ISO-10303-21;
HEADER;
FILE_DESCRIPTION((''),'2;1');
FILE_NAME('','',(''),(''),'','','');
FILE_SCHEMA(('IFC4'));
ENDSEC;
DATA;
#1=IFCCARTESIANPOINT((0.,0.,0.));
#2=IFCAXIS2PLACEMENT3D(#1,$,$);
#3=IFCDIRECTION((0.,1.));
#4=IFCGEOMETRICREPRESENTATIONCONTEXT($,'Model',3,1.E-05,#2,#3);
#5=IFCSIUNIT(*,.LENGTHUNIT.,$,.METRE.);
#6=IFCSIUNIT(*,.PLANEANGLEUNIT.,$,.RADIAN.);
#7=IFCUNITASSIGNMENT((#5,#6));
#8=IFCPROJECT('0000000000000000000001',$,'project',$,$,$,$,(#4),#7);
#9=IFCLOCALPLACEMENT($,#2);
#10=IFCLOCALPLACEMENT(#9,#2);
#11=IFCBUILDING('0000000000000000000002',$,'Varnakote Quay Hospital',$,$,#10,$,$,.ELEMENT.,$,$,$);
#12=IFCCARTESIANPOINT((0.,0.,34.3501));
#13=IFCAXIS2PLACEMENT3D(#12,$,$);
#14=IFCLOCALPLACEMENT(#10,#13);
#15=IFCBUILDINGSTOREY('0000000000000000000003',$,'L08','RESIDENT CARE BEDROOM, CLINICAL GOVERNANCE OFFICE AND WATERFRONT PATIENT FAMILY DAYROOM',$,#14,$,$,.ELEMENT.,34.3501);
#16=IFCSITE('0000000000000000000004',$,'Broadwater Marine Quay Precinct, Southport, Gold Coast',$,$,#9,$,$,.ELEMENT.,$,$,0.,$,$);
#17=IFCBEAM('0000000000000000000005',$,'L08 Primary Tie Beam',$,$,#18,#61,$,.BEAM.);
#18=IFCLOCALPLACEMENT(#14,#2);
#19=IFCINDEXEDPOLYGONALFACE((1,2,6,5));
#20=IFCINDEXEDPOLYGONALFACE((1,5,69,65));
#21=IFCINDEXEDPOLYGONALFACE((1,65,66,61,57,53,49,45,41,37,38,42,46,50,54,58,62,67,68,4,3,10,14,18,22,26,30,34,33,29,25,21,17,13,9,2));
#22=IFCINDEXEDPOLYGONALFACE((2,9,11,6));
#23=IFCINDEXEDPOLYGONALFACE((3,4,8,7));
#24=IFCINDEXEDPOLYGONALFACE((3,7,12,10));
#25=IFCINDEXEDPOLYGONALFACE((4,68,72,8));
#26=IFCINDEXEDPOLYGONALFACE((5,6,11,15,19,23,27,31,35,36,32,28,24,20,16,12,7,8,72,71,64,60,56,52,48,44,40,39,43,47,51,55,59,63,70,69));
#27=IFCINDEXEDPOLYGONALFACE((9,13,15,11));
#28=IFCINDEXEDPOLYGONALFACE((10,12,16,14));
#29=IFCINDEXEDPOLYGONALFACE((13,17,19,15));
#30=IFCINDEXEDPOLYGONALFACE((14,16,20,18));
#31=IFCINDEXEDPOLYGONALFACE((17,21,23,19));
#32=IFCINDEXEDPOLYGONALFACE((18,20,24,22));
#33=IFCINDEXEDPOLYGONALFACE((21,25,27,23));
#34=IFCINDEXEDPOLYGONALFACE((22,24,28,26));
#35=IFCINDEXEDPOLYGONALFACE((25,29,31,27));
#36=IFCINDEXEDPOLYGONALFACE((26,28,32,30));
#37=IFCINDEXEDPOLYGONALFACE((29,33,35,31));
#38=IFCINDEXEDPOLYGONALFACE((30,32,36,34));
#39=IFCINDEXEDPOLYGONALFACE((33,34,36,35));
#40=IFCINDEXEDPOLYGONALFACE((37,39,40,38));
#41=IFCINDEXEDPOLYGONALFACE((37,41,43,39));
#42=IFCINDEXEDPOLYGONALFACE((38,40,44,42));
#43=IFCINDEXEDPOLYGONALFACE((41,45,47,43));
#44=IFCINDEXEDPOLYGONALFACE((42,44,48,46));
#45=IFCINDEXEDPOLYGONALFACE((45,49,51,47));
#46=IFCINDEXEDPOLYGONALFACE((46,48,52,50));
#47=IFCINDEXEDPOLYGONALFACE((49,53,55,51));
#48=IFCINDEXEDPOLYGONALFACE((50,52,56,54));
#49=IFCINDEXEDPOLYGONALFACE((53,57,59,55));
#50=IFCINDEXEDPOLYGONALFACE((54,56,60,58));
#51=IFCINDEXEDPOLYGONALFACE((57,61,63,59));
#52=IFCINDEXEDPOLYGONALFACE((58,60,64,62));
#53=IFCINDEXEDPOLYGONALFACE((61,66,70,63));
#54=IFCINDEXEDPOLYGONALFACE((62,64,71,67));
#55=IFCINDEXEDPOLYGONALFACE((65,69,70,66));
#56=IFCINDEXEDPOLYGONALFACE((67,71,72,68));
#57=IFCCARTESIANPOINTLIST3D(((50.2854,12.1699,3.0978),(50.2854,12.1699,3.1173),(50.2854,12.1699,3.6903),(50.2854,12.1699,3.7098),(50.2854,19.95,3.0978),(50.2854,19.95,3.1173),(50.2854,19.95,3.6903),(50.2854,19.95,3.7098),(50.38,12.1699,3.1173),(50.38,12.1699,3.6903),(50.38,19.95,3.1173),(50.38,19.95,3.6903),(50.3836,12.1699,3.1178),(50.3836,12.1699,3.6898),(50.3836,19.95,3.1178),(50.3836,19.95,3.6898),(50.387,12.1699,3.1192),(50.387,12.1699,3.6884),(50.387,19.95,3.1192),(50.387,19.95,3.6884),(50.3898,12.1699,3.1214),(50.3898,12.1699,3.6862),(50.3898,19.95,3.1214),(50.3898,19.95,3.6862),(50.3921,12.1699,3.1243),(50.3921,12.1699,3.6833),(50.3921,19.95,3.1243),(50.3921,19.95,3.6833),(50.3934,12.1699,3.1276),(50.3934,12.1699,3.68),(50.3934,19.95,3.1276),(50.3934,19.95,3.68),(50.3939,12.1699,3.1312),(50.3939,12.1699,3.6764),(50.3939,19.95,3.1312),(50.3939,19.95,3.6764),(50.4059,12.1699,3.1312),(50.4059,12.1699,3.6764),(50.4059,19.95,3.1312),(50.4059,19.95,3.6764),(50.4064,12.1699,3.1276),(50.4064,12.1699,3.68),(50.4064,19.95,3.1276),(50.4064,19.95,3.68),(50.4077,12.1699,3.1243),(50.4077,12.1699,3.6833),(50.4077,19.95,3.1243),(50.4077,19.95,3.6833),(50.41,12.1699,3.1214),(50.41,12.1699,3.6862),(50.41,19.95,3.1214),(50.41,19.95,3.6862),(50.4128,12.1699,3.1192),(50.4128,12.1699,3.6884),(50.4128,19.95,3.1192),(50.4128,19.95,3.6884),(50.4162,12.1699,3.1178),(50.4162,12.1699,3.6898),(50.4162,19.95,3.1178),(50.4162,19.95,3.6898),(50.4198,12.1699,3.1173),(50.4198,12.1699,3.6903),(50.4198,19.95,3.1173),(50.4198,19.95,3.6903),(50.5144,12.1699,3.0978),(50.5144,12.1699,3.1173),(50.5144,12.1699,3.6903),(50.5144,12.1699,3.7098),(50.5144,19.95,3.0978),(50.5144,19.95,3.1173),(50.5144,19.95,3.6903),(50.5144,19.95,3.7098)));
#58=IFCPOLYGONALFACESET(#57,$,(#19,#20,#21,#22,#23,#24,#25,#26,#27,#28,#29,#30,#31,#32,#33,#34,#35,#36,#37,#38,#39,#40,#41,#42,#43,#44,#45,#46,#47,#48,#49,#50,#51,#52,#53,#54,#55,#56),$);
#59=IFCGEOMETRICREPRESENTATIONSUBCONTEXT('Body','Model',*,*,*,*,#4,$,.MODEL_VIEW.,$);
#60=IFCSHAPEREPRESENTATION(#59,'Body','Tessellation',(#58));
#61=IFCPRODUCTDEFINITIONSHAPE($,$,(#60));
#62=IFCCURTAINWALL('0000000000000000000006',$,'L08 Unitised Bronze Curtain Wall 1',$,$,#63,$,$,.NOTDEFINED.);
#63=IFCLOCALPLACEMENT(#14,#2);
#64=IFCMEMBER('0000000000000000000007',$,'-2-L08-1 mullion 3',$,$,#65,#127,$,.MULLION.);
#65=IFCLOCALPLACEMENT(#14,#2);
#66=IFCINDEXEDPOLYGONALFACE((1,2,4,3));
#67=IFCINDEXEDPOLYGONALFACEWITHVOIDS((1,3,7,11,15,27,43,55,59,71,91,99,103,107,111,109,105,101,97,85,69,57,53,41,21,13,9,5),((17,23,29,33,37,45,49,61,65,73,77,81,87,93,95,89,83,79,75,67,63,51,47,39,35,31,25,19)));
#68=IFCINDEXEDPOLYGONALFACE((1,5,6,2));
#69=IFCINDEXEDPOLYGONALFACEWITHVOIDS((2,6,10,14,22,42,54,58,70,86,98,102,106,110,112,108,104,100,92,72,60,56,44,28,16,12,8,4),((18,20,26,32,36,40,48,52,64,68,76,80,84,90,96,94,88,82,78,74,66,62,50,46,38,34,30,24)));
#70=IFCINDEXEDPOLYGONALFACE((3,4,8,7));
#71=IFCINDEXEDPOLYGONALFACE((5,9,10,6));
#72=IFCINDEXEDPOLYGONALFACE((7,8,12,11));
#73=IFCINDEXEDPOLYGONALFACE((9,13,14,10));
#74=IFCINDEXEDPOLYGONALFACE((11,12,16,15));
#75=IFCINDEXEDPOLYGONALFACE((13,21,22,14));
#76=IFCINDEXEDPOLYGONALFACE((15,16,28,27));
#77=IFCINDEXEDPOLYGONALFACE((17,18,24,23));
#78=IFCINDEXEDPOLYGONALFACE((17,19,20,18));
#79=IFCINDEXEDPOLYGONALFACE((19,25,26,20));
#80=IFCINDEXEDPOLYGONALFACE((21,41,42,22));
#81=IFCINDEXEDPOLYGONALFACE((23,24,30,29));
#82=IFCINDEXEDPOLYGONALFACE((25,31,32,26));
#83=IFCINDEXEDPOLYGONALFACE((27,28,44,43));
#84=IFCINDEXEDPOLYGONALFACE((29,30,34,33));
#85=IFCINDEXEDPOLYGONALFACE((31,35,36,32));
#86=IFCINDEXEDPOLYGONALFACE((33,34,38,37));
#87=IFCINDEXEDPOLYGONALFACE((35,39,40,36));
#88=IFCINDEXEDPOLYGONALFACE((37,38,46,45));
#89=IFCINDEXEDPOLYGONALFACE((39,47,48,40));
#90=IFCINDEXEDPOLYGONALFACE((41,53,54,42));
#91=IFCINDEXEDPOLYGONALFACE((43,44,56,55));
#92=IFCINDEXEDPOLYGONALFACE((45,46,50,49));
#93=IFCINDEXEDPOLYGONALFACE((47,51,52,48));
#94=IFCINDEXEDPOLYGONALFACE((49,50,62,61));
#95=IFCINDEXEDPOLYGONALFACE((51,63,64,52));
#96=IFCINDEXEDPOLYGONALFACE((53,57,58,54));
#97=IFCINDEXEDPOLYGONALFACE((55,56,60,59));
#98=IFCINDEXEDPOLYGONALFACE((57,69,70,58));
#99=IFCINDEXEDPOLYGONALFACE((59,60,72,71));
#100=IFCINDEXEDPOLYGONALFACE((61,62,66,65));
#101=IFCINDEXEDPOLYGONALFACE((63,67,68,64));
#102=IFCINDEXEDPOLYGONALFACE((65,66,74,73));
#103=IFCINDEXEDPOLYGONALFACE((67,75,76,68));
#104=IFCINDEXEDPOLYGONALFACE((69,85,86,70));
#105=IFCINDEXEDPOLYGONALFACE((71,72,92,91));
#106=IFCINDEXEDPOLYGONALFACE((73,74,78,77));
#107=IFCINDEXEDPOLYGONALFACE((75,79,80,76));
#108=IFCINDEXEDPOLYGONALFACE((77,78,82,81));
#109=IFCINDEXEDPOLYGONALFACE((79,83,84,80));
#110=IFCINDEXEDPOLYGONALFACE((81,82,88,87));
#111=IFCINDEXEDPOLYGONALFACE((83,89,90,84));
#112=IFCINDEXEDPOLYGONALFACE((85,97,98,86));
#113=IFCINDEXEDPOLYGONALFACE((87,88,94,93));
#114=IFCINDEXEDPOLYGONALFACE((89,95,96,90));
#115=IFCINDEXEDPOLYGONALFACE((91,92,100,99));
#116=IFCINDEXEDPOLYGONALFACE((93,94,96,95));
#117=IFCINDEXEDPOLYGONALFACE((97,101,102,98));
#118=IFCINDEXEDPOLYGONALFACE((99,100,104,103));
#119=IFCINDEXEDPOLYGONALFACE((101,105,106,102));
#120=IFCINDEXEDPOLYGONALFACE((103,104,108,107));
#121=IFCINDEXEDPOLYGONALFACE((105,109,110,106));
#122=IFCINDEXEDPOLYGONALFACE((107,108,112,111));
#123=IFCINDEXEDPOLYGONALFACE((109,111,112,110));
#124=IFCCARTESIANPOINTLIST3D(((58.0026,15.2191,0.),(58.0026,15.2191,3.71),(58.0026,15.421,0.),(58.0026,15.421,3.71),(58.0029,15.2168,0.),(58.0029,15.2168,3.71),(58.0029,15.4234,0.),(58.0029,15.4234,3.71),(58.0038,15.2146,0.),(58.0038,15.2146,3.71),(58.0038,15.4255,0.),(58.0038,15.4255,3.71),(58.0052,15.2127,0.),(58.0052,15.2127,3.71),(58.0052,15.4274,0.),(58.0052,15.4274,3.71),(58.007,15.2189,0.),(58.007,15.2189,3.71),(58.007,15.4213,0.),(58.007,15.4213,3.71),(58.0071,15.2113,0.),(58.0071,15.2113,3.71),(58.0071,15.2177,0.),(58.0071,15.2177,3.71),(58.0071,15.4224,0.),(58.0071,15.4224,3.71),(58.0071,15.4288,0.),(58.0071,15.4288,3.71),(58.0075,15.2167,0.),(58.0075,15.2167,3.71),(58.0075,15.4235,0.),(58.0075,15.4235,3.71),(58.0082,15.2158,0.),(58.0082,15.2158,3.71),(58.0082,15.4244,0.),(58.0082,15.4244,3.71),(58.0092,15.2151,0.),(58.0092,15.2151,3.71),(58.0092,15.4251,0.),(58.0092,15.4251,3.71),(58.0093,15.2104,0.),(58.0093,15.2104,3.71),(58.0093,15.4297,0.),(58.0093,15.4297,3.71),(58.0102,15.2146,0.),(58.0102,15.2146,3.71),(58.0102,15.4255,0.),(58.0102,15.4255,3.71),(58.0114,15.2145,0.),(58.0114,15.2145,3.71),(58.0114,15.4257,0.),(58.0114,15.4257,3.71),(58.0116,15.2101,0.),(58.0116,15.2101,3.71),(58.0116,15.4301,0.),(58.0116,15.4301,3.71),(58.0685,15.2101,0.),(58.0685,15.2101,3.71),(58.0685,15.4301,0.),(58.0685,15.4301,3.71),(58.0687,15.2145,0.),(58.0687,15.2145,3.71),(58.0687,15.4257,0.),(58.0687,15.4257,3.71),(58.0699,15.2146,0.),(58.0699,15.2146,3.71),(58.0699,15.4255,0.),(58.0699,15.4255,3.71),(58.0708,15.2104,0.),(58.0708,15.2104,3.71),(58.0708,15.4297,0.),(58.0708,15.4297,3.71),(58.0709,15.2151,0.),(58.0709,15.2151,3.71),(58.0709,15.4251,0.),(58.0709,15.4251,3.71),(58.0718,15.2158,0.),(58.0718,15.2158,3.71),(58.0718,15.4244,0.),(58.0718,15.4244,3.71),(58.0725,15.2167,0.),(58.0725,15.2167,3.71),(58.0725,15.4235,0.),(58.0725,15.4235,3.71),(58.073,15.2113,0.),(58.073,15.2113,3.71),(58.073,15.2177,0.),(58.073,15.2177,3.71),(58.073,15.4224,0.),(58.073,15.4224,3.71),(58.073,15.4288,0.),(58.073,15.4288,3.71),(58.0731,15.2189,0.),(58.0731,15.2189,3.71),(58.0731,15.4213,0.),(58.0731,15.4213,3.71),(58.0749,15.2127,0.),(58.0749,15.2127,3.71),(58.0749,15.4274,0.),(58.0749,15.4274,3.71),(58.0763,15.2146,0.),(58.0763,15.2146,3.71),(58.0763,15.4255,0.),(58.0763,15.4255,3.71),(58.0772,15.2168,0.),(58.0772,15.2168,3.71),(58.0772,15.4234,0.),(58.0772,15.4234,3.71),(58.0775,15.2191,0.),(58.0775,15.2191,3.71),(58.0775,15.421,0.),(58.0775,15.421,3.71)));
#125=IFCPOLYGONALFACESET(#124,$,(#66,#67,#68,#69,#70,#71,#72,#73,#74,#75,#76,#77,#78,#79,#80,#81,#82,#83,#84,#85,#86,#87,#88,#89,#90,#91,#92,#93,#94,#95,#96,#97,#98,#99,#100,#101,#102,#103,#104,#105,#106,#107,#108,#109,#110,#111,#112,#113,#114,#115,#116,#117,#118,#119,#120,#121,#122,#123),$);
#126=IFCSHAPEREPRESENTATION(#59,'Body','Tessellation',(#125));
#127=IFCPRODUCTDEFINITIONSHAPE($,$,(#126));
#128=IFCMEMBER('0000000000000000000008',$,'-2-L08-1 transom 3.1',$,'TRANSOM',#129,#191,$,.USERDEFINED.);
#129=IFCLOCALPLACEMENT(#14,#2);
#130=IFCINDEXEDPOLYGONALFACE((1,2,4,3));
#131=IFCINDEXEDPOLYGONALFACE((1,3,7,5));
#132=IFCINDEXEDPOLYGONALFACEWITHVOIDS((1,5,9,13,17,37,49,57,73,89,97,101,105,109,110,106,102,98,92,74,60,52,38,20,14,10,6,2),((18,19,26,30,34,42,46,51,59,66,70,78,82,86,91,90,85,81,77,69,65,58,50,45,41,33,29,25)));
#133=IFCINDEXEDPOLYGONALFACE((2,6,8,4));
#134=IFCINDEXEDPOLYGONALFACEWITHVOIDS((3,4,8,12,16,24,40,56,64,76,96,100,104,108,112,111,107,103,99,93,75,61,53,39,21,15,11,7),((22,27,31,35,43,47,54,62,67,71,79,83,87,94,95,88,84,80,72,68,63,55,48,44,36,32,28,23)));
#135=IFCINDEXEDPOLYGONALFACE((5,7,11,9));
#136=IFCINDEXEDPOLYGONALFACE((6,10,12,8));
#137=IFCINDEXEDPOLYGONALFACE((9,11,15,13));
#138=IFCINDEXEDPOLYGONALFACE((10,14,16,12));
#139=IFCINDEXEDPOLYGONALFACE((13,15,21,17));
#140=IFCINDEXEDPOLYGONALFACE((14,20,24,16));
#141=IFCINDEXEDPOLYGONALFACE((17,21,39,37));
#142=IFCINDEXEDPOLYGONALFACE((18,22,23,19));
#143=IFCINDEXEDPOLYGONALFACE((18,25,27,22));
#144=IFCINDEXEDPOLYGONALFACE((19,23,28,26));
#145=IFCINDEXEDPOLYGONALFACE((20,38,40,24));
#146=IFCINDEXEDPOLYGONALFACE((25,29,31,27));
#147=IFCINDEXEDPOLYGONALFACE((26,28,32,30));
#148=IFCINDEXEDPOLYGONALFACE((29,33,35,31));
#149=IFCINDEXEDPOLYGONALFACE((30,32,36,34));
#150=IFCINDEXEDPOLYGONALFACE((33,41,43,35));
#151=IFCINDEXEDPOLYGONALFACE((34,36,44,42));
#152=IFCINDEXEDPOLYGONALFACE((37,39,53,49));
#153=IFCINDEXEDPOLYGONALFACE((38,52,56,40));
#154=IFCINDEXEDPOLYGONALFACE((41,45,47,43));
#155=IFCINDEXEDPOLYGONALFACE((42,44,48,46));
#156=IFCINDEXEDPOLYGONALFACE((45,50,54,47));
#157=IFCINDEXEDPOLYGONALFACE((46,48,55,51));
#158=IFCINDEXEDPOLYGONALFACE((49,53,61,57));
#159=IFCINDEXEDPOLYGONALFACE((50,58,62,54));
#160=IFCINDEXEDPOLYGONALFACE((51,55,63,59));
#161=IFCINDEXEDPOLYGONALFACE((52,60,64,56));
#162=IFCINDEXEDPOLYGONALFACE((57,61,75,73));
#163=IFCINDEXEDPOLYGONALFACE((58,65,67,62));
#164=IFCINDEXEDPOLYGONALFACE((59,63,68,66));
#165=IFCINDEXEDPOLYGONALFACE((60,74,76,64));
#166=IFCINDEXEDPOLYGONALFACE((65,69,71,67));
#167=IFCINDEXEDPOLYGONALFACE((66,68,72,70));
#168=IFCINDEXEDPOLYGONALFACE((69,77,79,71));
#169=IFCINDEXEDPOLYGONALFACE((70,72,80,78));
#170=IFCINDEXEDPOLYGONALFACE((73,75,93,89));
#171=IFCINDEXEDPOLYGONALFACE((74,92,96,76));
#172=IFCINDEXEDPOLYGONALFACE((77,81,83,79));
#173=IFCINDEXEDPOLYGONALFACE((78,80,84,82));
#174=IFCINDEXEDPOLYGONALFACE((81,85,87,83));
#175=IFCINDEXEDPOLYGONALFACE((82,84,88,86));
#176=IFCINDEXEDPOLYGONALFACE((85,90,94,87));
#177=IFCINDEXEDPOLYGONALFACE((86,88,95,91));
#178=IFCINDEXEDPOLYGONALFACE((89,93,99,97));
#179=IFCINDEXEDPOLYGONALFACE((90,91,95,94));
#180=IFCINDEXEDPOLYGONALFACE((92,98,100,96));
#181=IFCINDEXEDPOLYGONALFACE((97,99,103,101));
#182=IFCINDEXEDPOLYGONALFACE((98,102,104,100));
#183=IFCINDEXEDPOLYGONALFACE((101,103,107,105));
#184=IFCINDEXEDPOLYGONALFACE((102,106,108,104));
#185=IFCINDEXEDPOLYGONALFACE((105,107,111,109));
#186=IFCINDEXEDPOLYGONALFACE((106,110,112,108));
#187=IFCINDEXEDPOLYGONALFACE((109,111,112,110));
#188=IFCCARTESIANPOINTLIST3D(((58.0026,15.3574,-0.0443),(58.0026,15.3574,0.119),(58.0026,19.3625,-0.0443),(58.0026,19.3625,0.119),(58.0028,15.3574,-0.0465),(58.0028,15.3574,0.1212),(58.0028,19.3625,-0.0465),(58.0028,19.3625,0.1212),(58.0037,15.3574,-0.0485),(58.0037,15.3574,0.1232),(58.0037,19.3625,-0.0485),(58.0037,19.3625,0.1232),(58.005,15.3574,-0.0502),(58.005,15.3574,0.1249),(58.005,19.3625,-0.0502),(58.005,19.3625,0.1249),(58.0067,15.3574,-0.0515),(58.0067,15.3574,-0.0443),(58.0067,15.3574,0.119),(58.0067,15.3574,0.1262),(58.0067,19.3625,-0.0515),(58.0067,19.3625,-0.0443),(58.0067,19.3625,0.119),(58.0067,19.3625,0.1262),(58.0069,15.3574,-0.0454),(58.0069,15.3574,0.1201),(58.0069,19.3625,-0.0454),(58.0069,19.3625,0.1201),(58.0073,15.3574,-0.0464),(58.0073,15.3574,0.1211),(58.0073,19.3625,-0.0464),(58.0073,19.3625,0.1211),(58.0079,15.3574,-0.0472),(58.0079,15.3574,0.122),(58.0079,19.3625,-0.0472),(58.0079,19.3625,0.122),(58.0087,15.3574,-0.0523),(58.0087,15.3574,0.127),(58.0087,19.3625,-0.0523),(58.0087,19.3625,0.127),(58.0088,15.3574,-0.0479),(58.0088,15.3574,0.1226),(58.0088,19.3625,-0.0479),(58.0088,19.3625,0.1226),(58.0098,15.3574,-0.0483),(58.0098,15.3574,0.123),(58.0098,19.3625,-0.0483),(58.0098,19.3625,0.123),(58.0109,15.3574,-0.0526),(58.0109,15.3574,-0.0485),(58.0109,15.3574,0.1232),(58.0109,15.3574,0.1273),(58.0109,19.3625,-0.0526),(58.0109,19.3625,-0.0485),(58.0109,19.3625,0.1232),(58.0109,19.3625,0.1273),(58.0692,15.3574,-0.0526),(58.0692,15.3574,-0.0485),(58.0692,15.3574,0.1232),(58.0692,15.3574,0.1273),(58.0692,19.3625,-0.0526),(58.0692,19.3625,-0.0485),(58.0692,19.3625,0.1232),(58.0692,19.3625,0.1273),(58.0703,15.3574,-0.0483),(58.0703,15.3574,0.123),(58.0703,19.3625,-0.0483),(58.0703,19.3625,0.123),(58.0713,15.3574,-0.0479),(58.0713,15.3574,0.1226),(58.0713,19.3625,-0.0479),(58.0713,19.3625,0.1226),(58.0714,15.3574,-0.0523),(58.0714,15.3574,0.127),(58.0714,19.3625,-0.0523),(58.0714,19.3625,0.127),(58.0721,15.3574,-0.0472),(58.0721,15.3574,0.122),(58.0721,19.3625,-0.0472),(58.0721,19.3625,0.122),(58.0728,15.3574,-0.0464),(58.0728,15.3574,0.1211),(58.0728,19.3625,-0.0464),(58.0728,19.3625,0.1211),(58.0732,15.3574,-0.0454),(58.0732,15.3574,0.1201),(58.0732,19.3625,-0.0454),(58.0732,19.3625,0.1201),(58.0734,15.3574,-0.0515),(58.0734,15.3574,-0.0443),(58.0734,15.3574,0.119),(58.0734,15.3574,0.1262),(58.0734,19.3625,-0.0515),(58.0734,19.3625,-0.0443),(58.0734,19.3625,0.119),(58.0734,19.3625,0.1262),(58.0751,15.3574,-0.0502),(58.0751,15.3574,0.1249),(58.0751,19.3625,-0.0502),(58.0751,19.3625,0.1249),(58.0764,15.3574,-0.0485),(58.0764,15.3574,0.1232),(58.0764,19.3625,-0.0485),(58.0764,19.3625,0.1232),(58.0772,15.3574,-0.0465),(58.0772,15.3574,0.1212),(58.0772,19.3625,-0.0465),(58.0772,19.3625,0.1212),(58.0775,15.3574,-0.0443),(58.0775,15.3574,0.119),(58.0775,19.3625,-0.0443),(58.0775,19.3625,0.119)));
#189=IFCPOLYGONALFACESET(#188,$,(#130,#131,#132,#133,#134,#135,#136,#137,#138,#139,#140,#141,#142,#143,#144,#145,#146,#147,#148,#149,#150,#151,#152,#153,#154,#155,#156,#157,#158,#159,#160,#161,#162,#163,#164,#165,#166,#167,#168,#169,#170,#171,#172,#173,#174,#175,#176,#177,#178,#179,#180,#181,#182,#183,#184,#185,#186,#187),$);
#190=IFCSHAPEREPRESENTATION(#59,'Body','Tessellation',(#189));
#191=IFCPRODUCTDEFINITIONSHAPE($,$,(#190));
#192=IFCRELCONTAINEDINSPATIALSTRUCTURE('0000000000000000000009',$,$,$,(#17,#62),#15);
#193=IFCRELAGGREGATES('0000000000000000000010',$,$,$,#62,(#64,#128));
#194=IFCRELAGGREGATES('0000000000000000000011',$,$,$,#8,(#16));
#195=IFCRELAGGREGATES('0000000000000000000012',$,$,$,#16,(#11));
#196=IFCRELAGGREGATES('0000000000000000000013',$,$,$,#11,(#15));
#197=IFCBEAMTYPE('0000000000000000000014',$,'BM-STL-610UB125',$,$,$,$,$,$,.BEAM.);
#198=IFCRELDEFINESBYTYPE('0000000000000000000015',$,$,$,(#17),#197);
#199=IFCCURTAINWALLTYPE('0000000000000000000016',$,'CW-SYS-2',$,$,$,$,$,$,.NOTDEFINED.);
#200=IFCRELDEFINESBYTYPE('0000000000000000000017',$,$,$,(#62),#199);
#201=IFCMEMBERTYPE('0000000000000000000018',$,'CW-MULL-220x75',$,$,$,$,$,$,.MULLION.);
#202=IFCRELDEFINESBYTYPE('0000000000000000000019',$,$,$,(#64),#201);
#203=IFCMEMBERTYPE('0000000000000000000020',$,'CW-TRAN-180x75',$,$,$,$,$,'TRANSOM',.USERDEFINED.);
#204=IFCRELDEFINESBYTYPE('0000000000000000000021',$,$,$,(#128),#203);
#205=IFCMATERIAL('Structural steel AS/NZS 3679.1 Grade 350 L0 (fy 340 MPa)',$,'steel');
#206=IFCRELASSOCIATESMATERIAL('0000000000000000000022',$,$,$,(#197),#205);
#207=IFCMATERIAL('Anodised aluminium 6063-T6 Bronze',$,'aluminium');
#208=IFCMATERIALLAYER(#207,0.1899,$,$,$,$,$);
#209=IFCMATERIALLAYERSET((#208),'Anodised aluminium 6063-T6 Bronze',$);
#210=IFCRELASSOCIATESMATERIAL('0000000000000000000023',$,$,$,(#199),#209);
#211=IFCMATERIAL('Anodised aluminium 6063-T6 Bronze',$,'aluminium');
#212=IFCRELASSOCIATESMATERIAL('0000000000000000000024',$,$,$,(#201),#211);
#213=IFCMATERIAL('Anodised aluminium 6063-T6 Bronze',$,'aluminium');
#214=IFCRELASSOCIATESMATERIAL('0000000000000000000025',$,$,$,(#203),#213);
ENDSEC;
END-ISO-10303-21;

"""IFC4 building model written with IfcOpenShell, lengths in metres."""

from ifc_helpers import new_model, si_unit, direction, frame, origin, origin_2d, place, context, subcontext, project, spatial, hollow_rectangle, i_section, extrude, material, layer, layer_set, material_profile, profile_set, type_object, element, aggregate, save


model = new_model("IFC4")

# Units and contexts
model_context = context("Model", 3, precision=1e-05, world=origin(), true_north=direction((0.0, 1.0)))
body_context = subcontext(model_context, "Body", "Model", "MODEL_VIEW")
ifc_project = project(units=[si_unit("LENGTHUNIT", "METRE"), si_unit("PLANEANGLEUNIT", "RADIAN")], contexts=[model_context])

# Site, building, storey
site_placement = place(None, origin())
site = spatial("IfcSite", under=ifc_project, at=site_placement, Name="Broadwater Marine Quay Precinct, Southport, Gold Coast", CompositionType="ELEMENT", RefElevation=0.0)
building_placement = place(site_placement, origin())
building = spatial("IfcBuilding", under=site, at=building_placement, Name="Varnakote Quay Hospital", CompositionType="ELEMENT")
storey_placement = place(building_placement, frame((0.0, 0.0, 34.3501)))
storey = spatial("IfcBuildingStorey", under=building, at=storey_placement, Name="L08", Description="RESIDENT CARE BEDROOM, CLINICAL GOVERNANCE OFFICE AND WATERFRONT PATIENT FAMILY DAYROOM", CompositionType="ELEMENT", Elevation=34.3501)

# Beam
ifc_material_1 = material(Name="Structural steel AS/NZS 3679.1 Grade 350 L0 (fy 340 MPa)", Category="steel")
ifc_material_profile_1 = material_profile(ifc_material_1, i_section(OverallWidth=0.229, OverallDepth=0.6121, WebThickness=0.012, FlangeThickness=0.0195, FilletRadius=0.0139, at=origin_2d()), Name="610UB125")
ifc_profile_set_1 = profile_set([ifc_material_profile_1], Name="Structural steel AS/NZS 3679.1 Grade 350 L0 (fy 340 MPa)")
beam_type = type_object("IfcBeamType", Name="BM-STL-610UB125", PredefinedType="BEAM", material=ifc_profile_set_1)
beam_placement = place(storey_placement, frame((50.3999, 12.1699, 3.4038), z_axis=(0.0, 1.0, 0.0), x_axis=(-1.0, 0.0, 0.0)))
element("IfcBeam", 1, at=beam_placement, inside=storey, type_object=beam_type, Name="L08 Primary Tie Beam", PredefinedType="BEAM", context=body_context, shape_type="SweptSolid", body=[
    extrude(i_section(OverallWidth=0.229, OverallDepth=0.6121, WebThickness=0.012, FlangeThickness=0.0195, FilletRadius=0.0139, at=origin_2d()), origin(), (0.0, 0.0, 1.0), 7.78),
])

# Curtain wall, members
ifc_material_2 = material(Name="Anodised aluminium 6063-T6 Bronze", Category="aluminium")
ifc_layer_1 = layer(ifc_material_2, 0.1899)
ifc_layer_set_1 = layer_set([ifc_layer_1], Name="Anodised aluminium 6063-T6 Bronze")
curtain_wall_type = type_object("IfcCurtainWallType", Name="CW-SYS-2", PredefinedType="NOTDEFINED", material=ifc_layer_set_1)
curtain_wall_placement = place(storey_placement, origin())
curtain_wall = element("IfcCurtainWall", 2, at=curtain_wall_placement, inside=storey, type_object=curtain_wall_type, Name="L08 Unitised Bronze Curtain Wall 1", PredefinedType="NOTDEFINED")
ifc_material_3 = material(Name="Anodised aluminium 6063-T6 Bronze", Category="aluminium")
ifc_material_profile_2 = material_profile(ifc_material_3, hollow_rectangle(XDim=0.075, YDim=0.22, WallThickness=0.0044, InnerFilletRadius=0.0044, OuterFilletRadius=0.009, at=origin_2d()), Name="CW-MULL-220x75")
ifc_profile_set_2 = profile_set([ifc_material_profile_2], Name="Anodised aluminium 6063-T6 Bronze")
member_type_1 = type_object("IfcMemberType", Name="CW-MULL-220x75", PredefinedType="MULLION", material=ifc_profile_set_2)
member_1_placement = place(storey_placement, frame((58.04, 15.3201, 0.0), z_axis=(0.0, 0.0, 1.0), x_axis=(-1.0, 0.0, 0.0)))
member_1 = element("IfcMember", 3, at=member_1_placement, type_object=member_type_1, Name="-2-L08-1 mullion 3", PredefinedType="MULLION", context=body_context, shape_type="SweptSolid", body=[
    extrude(hollow_rectangle(XDim=0.075, YDim=0.22, WallThickness=0.0044, InnerFilletRadius=0.0044, OuterFilletRadius=0.009, at=origin_2d()), origin(), (0.0, 0.0, 1.0), 3.71),
])
ifc_material_4 = material(Name="Anodised aluminium 6063-T6 Bronze", Category="aluminium")
ifc_material_profile_3 = material_profile(ifc_material_4, hollow_rectangle(XDim=0.075, YDim=0.1799, WallThickness=0.0042, InnerFilletRadius=0.0042, OuterFilletRadius=0.0083, at=origin_2d()), Name="CW-TRAN-180x75")
ifc_profile_set_3 = profile_set([ifc_material_profile_3], Name="Anodised aluminium 6063-T6 Bronze")
member_type_2 = type_object("IfcMemberType", Name="CW-TRAN-180x75", ElementType="TRANSOM", PredefinedType="USERDEFINED", material=ifc_profile_set_3)
member_2_placement = place(storey_placement, frame((58.04, 15.3574, 0.0374), z_axis=(0.0, 1.0, 0.0), x_axis=(-1.0, 0.0, 0.0)))
member_2 = element("IfcMember", 4, at=member_2_placement, type_object=member_type_2, Name="-2-L08-1 transom 3.1", ObjectType="TRANSOM", PredefinedType="USERDEFINED", context=body_context, shape_type="SweptSolid", body=[
    extrude(hollow_rectangle(XDim=0.075, YDim=0.1799, WallThickness=0.0042, InnerFilletRadius=0.0042, OuterFilletRadius=0.0083, at=origin_2d()), origin(), (0.0, 0.0, 1.0), 4.0051),
])
aggregate(curtain_wall, [member_1, member_2])

save(model, "model.ifc")
